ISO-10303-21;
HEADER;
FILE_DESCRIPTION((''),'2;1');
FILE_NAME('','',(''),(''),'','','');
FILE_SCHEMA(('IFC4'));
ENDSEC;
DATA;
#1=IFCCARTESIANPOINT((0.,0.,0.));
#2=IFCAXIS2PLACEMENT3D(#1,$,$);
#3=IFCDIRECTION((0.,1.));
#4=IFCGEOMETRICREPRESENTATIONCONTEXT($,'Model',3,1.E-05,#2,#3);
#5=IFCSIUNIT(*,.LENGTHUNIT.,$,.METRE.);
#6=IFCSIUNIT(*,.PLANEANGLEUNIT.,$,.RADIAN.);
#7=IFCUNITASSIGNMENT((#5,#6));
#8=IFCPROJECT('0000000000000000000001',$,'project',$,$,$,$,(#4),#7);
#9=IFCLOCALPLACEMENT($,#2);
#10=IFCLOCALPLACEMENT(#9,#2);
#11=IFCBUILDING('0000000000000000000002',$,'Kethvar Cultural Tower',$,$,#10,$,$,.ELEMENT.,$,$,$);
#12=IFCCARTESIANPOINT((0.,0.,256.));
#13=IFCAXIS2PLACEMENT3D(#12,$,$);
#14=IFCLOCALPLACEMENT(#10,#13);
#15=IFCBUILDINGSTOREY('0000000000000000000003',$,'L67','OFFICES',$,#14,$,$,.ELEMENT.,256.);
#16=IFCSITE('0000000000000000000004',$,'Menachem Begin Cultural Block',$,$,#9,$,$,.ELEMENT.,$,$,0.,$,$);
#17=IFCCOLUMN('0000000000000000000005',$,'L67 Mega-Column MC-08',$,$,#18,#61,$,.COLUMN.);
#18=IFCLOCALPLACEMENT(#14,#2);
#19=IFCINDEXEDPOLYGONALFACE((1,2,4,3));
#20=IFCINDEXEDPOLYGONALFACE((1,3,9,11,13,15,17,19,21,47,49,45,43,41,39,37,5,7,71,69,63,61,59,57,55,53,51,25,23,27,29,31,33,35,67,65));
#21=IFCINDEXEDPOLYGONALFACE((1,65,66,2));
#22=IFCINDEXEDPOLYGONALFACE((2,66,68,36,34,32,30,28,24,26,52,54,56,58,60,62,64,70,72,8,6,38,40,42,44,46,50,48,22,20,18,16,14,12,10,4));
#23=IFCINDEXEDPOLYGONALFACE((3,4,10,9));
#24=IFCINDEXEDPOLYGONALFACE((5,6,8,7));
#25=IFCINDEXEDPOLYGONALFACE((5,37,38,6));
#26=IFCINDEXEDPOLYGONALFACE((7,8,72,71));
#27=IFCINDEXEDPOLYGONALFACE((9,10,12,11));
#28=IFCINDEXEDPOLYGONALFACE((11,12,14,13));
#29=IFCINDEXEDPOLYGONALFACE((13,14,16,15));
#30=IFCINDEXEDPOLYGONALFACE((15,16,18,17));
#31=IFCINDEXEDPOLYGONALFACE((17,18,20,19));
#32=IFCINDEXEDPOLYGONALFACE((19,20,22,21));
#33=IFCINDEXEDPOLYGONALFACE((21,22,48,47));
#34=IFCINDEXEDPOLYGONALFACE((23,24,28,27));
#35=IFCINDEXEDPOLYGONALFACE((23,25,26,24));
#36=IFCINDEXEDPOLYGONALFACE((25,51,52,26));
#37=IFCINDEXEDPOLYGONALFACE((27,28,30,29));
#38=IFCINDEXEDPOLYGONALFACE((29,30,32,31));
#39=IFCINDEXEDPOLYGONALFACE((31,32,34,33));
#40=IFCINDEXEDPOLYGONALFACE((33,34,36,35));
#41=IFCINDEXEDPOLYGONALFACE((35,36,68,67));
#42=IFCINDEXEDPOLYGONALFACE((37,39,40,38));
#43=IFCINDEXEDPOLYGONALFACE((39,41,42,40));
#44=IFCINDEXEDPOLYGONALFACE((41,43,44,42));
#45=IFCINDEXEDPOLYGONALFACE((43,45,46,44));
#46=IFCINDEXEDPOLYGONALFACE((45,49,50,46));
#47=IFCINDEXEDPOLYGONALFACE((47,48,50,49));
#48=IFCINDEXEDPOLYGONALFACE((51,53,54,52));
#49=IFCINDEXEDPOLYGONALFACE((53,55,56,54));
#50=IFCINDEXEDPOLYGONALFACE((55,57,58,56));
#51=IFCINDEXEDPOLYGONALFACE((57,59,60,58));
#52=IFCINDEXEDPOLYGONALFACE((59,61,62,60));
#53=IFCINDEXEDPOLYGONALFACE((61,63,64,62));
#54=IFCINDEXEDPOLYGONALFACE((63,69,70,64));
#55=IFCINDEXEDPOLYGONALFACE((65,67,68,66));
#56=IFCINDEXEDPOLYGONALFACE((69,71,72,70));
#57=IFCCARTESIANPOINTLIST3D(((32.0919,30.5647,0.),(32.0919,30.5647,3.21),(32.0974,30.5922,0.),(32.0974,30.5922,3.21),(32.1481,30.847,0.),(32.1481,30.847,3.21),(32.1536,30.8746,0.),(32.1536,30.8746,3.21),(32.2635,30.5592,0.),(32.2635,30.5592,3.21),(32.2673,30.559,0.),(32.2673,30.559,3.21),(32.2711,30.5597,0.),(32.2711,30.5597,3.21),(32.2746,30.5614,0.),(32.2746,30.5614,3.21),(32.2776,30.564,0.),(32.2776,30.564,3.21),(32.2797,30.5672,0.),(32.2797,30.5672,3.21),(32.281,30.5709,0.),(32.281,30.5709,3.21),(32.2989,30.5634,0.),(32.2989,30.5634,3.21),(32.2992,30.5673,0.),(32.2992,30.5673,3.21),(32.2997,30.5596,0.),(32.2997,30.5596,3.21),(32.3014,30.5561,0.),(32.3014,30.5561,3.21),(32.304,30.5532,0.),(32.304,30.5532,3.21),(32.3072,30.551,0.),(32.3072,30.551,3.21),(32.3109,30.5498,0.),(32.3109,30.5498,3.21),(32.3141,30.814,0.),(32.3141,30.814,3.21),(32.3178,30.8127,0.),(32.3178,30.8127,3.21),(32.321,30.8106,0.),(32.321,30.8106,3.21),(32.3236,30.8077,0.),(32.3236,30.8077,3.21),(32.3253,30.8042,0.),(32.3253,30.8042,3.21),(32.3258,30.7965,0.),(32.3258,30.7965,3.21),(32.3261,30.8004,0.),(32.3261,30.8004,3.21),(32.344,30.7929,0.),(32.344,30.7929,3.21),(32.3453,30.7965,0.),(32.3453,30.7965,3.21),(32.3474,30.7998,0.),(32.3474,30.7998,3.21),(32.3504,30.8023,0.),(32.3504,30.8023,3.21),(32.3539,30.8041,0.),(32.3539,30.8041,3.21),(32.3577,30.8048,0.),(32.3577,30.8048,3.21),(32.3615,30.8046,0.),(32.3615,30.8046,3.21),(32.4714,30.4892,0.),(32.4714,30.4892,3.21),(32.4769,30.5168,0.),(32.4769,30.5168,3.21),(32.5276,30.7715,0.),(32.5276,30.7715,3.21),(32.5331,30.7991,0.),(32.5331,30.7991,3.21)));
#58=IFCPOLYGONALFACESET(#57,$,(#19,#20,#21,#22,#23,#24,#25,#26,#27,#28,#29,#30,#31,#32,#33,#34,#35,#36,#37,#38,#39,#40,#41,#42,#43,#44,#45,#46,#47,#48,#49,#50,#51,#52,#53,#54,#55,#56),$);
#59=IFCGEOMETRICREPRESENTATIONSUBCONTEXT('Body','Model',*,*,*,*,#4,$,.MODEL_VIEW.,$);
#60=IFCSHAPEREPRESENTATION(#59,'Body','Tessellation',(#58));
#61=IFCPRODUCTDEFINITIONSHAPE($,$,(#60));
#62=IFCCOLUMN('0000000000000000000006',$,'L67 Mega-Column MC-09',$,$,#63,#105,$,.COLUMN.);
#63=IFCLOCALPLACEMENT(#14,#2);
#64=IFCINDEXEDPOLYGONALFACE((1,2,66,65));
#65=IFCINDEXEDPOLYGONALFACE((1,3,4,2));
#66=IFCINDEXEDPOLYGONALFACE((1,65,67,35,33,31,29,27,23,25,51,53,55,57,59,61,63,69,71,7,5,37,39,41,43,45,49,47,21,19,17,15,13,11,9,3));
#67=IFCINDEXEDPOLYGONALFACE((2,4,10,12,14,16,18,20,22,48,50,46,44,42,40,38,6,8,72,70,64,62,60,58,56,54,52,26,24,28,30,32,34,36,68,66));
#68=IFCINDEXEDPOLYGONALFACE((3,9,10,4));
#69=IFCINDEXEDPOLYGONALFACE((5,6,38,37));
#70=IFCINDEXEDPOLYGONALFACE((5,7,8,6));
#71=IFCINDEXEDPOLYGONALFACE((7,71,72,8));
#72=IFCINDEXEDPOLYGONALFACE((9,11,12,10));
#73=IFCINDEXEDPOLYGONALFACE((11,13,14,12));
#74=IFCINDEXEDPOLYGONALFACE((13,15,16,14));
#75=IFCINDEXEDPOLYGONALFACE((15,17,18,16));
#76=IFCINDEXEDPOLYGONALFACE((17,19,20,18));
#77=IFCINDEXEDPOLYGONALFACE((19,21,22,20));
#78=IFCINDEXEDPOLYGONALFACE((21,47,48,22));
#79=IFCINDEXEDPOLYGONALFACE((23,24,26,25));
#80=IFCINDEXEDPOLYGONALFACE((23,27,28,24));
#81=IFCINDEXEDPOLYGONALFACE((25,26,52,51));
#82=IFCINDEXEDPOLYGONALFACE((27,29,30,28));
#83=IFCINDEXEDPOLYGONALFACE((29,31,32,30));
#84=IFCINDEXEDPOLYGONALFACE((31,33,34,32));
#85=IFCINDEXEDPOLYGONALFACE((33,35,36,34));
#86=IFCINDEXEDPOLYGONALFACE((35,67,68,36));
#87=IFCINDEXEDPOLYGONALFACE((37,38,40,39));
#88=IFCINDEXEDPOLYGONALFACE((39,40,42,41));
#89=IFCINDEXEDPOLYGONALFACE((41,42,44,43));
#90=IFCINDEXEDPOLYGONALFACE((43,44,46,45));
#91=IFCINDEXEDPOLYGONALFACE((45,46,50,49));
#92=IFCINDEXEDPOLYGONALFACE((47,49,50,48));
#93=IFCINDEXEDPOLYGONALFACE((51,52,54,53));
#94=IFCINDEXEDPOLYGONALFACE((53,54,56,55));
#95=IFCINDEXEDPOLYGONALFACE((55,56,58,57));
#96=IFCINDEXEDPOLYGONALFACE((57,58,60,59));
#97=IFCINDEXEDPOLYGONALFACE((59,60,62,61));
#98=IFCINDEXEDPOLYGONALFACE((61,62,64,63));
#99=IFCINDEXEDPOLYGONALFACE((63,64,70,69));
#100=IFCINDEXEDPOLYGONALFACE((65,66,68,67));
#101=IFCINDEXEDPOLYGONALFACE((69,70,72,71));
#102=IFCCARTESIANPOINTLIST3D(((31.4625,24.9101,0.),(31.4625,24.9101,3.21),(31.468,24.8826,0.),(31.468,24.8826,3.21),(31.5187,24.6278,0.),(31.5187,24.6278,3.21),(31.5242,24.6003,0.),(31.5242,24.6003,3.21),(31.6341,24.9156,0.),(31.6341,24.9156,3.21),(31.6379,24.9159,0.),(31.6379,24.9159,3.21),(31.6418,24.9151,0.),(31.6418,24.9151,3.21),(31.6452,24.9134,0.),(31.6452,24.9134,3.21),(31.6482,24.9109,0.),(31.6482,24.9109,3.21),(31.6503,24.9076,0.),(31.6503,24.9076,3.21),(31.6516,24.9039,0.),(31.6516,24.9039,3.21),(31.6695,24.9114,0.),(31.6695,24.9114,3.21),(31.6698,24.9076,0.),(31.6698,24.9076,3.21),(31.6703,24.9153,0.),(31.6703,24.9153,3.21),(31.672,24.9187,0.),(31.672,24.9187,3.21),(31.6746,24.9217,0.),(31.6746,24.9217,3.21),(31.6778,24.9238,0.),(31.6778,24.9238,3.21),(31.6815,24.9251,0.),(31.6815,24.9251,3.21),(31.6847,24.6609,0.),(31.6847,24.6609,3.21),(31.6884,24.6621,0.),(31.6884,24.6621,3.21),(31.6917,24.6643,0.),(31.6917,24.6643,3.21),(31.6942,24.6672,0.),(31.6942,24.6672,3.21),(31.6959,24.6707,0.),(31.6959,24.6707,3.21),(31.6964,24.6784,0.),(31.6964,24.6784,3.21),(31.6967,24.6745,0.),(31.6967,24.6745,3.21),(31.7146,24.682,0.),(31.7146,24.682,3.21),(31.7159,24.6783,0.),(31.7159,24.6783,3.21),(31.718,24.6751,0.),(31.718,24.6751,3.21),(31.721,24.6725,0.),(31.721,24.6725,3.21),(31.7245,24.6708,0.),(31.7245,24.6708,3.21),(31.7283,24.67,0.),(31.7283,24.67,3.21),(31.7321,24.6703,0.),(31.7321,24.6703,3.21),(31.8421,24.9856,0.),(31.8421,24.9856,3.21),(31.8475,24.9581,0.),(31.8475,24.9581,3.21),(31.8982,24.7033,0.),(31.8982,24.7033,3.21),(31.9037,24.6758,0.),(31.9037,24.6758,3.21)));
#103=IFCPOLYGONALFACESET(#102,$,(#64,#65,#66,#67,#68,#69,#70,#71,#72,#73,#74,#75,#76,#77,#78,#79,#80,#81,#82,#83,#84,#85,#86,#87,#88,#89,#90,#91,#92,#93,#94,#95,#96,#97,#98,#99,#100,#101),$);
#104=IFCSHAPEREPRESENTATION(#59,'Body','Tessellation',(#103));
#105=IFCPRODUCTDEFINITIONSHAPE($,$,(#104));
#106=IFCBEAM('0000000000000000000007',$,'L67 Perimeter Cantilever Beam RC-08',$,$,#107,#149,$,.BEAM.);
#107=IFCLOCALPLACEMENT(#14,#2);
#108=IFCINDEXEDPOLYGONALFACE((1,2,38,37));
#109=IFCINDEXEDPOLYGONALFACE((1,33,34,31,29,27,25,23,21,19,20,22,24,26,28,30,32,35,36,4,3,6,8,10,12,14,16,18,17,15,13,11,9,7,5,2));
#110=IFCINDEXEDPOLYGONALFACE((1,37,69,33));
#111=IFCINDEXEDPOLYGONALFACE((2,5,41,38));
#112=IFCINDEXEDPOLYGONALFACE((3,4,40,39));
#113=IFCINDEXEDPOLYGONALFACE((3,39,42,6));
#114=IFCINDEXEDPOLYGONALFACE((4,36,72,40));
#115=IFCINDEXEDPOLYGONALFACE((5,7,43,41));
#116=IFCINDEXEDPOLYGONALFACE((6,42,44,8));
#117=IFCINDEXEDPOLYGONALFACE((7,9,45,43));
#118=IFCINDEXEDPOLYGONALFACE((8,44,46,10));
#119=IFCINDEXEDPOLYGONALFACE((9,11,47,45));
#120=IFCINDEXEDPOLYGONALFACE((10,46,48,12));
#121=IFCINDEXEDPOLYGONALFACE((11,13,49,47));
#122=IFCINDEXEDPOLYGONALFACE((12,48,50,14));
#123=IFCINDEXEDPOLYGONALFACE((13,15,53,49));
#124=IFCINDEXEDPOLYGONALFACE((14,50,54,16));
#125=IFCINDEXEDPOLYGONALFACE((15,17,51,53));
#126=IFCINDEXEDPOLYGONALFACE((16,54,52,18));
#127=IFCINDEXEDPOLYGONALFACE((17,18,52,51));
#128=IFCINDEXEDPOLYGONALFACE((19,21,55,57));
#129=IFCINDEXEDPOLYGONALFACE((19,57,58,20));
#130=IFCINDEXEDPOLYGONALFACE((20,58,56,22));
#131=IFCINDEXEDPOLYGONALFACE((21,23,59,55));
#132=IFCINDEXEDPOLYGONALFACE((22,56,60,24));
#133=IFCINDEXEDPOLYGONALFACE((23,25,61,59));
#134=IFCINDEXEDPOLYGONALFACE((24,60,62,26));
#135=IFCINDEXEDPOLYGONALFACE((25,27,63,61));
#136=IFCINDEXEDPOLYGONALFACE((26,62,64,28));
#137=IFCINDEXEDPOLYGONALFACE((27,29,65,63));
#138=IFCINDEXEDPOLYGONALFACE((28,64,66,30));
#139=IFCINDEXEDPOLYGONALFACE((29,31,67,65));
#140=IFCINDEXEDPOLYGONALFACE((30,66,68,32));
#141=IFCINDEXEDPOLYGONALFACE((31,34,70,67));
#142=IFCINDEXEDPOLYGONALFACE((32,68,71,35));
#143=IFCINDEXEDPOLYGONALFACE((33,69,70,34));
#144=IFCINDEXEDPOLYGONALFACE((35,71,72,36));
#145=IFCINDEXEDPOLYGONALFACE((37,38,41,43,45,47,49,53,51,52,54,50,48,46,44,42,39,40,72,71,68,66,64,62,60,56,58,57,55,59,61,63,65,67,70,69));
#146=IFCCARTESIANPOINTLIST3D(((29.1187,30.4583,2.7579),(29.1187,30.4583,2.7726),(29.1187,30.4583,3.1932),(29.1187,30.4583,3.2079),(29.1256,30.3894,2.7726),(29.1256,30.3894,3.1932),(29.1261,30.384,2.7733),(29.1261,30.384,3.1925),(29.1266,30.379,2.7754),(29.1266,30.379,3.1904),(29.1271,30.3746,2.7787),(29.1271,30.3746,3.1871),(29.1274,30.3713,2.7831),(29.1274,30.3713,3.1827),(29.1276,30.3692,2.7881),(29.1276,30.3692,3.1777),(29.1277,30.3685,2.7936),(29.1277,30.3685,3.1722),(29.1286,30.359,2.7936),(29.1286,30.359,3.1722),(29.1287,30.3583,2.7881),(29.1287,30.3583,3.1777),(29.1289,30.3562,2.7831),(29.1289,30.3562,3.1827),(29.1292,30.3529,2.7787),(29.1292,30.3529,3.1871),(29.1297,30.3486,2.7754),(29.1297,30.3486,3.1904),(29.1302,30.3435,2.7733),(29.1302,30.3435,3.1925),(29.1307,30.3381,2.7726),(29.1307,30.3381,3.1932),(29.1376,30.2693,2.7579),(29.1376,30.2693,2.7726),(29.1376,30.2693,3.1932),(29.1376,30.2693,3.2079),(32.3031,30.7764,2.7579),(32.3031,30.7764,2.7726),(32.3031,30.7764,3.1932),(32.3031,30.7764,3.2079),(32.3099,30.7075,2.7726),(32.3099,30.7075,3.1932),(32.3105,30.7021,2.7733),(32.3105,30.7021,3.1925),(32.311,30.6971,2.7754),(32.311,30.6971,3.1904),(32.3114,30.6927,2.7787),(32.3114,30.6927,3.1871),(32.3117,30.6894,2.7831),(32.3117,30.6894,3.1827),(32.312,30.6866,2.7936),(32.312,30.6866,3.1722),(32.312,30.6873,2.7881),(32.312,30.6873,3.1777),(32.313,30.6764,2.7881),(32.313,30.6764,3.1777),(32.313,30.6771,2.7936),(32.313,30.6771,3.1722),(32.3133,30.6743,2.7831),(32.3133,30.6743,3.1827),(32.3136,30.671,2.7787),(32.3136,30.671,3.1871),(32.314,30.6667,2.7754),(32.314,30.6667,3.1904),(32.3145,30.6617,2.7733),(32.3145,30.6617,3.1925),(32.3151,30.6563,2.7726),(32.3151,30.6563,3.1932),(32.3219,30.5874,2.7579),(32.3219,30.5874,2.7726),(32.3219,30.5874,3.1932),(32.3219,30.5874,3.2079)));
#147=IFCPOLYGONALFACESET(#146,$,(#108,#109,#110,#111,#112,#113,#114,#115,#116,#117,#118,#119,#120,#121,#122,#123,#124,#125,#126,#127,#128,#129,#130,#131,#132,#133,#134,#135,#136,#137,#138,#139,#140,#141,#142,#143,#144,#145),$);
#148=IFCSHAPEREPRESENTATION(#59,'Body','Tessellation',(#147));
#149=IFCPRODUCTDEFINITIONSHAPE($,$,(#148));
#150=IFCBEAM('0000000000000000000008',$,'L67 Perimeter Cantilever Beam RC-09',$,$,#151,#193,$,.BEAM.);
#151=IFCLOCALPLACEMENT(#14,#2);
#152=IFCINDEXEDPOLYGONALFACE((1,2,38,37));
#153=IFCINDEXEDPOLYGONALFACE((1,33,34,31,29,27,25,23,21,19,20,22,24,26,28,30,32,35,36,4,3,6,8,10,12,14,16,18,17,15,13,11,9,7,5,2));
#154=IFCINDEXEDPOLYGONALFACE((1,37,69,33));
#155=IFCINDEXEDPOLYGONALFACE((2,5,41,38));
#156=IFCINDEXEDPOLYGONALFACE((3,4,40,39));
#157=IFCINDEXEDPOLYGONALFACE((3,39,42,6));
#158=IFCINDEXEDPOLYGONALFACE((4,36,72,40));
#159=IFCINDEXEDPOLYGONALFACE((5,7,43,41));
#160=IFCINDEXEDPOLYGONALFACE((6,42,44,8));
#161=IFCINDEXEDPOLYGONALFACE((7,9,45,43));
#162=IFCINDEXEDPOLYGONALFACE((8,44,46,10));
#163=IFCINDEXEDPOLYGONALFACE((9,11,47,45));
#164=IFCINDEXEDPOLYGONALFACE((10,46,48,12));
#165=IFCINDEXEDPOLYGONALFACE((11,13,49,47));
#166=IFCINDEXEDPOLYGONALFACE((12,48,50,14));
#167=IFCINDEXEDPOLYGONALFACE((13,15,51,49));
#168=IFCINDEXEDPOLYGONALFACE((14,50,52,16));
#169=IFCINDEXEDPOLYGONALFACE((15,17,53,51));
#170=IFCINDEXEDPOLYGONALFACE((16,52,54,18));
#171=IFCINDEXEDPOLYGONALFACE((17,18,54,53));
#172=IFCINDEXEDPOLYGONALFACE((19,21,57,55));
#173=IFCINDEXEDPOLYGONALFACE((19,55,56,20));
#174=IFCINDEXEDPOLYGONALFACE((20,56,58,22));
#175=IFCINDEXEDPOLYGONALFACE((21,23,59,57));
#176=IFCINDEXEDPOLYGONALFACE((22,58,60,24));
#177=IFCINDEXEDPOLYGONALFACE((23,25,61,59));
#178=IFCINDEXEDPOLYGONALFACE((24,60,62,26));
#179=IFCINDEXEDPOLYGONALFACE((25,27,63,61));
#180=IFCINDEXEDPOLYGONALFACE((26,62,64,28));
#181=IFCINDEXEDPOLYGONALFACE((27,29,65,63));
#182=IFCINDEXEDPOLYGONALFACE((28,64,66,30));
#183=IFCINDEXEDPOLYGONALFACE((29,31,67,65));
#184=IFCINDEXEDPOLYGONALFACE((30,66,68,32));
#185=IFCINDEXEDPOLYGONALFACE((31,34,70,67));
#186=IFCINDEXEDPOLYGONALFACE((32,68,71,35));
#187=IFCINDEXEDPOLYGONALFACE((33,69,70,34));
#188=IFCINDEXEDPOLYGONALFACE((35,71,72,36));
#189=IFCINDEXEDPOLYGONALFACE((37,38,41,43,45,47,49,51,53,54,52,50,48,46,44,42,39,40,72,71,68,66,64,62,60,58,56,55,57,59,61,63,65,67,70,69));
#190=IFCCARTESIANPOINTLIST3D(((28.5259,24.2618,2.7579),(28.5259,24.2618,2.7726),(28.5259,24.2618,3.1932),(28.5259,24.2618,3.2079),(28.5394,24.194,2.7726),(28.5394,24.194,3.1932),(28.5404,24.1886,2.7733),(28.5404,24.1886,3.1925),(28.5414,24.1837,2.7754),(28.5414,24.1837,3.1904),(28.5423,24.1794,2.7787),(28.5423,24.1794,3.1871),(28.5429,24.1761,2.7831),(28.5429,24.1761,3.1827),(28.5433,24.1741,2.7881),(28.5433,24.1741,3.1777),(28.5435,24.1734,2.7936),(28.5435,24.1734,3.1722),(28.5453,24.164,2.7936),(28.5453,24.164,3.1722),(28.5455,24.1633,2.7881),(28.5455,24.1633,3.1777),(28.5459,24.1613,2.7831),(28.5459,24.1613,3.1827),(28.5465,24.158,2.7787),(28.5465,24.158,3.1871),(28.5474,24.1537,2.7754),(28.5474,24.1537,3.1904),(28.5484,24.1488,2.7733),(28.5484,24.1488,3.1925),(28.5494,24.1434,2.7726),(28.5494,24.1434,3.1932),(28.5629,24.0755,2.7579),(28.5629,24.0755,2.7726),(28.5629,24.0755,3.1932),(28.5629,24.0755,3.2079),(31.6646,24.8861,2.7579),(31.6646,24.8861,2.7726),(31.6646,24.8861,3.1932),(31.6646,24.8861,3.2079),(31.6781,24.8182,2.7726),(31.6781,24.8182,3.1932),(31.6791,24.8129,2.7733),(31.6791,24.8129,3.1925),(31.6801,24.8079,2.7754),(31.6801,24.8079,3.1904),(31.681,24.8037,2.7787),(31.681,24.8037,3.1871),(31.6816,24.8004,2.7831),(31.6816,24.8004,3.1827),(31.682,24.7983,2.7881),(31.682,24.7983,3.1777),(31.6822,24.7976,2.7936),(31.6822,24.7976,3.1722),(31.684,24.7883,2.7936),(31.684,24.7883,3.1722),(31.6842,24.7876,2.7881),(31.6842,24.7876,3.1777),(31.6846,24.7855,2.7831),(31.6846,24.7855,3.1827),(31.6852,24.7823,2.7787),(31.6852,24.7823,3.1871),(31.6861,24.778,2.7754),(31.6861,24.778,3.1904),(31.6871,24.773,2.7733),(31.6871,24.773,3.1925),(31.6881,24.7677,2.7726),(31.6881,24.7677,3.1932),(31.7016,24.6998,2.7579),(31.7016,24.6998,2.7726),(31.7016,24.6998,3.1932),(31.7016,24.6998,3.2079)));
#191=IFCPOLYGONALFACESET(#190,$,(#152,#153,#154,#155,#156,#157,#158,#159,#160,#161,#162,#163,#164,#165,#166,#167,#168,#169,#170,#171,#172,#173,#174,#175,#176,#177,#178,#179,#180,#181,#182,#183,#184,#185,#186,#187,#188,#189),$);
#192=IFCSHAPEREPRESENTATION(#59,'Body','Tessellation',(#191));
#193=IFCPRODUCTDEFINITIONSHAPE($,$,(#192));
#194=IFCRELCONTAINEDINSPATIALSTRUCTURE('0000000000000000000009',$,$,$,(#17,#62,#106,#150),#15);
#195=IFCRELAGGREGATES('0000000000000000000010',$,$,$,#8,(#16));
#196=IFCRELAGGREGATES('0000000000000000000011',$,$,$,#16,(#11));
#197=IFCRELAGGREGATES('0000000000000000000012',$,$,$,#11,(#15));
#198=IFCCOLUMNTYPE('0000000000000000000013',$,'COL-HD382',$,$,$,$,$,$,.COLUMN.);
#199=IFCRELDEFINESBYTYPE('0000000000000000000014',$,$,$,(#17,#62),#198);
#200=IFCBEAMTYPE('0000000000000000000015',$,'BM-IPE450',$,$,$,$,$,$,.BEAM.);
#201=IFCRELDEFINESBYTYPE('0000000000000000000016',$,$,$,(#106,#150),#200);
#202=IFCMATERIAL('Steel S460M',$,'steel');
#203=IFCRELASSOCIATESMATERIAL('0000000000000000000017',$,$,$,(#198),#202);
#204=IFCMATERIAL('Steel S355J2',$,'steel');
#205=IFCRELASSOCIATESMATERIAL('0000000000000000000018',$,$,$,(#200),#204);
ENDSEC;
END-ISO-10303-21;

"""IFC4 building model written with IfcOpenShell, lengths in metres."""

from ifc_helpers import new_model, si_unit, direction, frame, origin, origin_2d, place, context, subcontext, project, spatial, i_section, extrude, source, transform, mapped, material, material_profile, profile_set, type_object, element, save


model = new_model("IFC4")

# Units and contexts
model_context = context("Model", 3, precision=1e-05, world=origin(), true_north=direction((0.0, 1.0)))
body_context = subcontext(model_context, "Body", "Model", "MODEL_VIEW")
ifc_project = project(units=[si_unit("LENGTHUNIT", "METRE"), si_unit("PLANEANGLEUNIT", "RADIAN")], contexts=[model_context])

# Site, building, storey
site_placement = place(None, origin())
site = spatial("IfcSite", under=ifc_project, at=site_placement, Name="Menachem Begin Cultural Block", CompositionType="ELEMENT", RefElevation=0.0)
building_placement = place(site_placement, origin())
building = spatial("IfcBuilding", under=site, at=building_placement, Name="Kethvar Cultural Tower", CompositionType="ELEMENT")
storey_placement = place(building_placement, frame((0.0, 0.0, 256.0)))
storey = spatial("IfcBuildingStorey", under=building, at=storey_placement, Name="L67", Description="OFFICES", CompositionType="ELEMENT", Elevation=256.0)

# Columns
ifc_material_1 = material(Name="Steel S460M", Category="steel")
ifc_material_profile_1 = material_profile(ifc_material_1, i_section(OverallWidth=0.387, OverallDepth=0.3159, WebThickness=0.0186, FlangeThickness=0.0281, FilletRadius=0.0149, at=origin_2d()), Name="Steel S460M — HD400x382")
ifc_profile_set_1 = profile_set([ifc_material_profile_1], Name="Steel S460M — HD400x382")
column_type = type_object("IfcColumnType", Name="COL-HD382", PredefinedType="COLUMN", material=ifc_profile_set_1)
shared_shape_1 = source(origin(), body_context, "Body", "SweptSolid", [
    extrude(i_section(OverallWidth=0.387, OverallDepth=0.3159, WebThickness=0.0186, FlangeThickness=0.0281, FilletRadius=0.0149, at=origin_2d()), origin(), (0.0, 0.0, 1.0), 3.21),
])
for number, where, z_axis, x_axis, name in (
    (1, (32.3125, 30.6819, 0.0), (0.0, 0.0, 1.0), (-0.980785, 0.19509, 0.0), "L67 Mega-Column MC-08"),
    (2, (31.6831, 24.793, 0.0), (0.0, 0.0, 1.0), (-0.980785, -0.19509, 0.0), "L67 Mega-Column MC-09"),
):
    element("IfcColumn", number, at=place(storey_placement, frame(where, z_axis=z_axis, x_axis=x_axis)), inside=storey, type_object=column_type, Name=name, PredefinedType="COLUMN", context=body_context, shape_type="MappedRepresentation", body=[
        mapped(shared_shape_1, transform((0.0, 0.0, 0.0), scale=1.0)),
    ])

# Beams
ifc_material_2 = material(Name="Steel S355J2", Category="steel")
ifc_material_profile_2 = material_profile(ifc_material_2, i_section(OverallWidth=0.1899, OverallDepth=0.45, WebThickness=0.0095, FlangeThickness=0.0146, FilletRadius=0.021, at=origin_2d()), Name="Steel S355J2 — IPE450")
ifc_profile_set_2 = profile_set([ifc_material_profile_2], Name="Steel S355J2 — IPE450")
beam_type_1 = type_object("IfcBeamType", Name="BM-IPE450", PredefinedType="BEAM", material=ifc_profile_set_2)
shared_shape_2 = source(origin(), body_context, "Body", "SweptSolid", [
    extrude(i_section(OverallWidth=0.1899, OverallDepth=0.45, WebThickness=0.0095, FlangeThickness=0.0146, FilletRadius=0.021, at=origin_2d()), origin(), (0.0, 0.0, 1.0), 3.2002),
])
for number, where, z_axis, x_axis, name in (
    (3, (32.3125, 30.6819, 2.9829), (-0.995047, -0.099406, 0.0), (0.099406, -0.995047, 0.0), "L67 Perimeter Cantilever Beam RC-08"),
    (4, (31.6831, 24.793, 2.9829), (-0.980788, -0.195074, 0.0), (0.195074, -0.980788, 0.0), "L67 Perimeter Cantilever Beam RC-09"),
):
    element("IfcBeam", number, at=place(storey_placement, frame(where, z_axis=z_axis, x_axis=x_axis)), inside=storey, type_object=beam_type_1, Name=name, PredefinedType="BEAM", context=body_context, shape_type="MappedRepresentation", body=[
        mapped(shared_shape_2, transform((0.0, 0.0, 0.0), scale=1.0)),
    ])

save(model, "model.ifc")
